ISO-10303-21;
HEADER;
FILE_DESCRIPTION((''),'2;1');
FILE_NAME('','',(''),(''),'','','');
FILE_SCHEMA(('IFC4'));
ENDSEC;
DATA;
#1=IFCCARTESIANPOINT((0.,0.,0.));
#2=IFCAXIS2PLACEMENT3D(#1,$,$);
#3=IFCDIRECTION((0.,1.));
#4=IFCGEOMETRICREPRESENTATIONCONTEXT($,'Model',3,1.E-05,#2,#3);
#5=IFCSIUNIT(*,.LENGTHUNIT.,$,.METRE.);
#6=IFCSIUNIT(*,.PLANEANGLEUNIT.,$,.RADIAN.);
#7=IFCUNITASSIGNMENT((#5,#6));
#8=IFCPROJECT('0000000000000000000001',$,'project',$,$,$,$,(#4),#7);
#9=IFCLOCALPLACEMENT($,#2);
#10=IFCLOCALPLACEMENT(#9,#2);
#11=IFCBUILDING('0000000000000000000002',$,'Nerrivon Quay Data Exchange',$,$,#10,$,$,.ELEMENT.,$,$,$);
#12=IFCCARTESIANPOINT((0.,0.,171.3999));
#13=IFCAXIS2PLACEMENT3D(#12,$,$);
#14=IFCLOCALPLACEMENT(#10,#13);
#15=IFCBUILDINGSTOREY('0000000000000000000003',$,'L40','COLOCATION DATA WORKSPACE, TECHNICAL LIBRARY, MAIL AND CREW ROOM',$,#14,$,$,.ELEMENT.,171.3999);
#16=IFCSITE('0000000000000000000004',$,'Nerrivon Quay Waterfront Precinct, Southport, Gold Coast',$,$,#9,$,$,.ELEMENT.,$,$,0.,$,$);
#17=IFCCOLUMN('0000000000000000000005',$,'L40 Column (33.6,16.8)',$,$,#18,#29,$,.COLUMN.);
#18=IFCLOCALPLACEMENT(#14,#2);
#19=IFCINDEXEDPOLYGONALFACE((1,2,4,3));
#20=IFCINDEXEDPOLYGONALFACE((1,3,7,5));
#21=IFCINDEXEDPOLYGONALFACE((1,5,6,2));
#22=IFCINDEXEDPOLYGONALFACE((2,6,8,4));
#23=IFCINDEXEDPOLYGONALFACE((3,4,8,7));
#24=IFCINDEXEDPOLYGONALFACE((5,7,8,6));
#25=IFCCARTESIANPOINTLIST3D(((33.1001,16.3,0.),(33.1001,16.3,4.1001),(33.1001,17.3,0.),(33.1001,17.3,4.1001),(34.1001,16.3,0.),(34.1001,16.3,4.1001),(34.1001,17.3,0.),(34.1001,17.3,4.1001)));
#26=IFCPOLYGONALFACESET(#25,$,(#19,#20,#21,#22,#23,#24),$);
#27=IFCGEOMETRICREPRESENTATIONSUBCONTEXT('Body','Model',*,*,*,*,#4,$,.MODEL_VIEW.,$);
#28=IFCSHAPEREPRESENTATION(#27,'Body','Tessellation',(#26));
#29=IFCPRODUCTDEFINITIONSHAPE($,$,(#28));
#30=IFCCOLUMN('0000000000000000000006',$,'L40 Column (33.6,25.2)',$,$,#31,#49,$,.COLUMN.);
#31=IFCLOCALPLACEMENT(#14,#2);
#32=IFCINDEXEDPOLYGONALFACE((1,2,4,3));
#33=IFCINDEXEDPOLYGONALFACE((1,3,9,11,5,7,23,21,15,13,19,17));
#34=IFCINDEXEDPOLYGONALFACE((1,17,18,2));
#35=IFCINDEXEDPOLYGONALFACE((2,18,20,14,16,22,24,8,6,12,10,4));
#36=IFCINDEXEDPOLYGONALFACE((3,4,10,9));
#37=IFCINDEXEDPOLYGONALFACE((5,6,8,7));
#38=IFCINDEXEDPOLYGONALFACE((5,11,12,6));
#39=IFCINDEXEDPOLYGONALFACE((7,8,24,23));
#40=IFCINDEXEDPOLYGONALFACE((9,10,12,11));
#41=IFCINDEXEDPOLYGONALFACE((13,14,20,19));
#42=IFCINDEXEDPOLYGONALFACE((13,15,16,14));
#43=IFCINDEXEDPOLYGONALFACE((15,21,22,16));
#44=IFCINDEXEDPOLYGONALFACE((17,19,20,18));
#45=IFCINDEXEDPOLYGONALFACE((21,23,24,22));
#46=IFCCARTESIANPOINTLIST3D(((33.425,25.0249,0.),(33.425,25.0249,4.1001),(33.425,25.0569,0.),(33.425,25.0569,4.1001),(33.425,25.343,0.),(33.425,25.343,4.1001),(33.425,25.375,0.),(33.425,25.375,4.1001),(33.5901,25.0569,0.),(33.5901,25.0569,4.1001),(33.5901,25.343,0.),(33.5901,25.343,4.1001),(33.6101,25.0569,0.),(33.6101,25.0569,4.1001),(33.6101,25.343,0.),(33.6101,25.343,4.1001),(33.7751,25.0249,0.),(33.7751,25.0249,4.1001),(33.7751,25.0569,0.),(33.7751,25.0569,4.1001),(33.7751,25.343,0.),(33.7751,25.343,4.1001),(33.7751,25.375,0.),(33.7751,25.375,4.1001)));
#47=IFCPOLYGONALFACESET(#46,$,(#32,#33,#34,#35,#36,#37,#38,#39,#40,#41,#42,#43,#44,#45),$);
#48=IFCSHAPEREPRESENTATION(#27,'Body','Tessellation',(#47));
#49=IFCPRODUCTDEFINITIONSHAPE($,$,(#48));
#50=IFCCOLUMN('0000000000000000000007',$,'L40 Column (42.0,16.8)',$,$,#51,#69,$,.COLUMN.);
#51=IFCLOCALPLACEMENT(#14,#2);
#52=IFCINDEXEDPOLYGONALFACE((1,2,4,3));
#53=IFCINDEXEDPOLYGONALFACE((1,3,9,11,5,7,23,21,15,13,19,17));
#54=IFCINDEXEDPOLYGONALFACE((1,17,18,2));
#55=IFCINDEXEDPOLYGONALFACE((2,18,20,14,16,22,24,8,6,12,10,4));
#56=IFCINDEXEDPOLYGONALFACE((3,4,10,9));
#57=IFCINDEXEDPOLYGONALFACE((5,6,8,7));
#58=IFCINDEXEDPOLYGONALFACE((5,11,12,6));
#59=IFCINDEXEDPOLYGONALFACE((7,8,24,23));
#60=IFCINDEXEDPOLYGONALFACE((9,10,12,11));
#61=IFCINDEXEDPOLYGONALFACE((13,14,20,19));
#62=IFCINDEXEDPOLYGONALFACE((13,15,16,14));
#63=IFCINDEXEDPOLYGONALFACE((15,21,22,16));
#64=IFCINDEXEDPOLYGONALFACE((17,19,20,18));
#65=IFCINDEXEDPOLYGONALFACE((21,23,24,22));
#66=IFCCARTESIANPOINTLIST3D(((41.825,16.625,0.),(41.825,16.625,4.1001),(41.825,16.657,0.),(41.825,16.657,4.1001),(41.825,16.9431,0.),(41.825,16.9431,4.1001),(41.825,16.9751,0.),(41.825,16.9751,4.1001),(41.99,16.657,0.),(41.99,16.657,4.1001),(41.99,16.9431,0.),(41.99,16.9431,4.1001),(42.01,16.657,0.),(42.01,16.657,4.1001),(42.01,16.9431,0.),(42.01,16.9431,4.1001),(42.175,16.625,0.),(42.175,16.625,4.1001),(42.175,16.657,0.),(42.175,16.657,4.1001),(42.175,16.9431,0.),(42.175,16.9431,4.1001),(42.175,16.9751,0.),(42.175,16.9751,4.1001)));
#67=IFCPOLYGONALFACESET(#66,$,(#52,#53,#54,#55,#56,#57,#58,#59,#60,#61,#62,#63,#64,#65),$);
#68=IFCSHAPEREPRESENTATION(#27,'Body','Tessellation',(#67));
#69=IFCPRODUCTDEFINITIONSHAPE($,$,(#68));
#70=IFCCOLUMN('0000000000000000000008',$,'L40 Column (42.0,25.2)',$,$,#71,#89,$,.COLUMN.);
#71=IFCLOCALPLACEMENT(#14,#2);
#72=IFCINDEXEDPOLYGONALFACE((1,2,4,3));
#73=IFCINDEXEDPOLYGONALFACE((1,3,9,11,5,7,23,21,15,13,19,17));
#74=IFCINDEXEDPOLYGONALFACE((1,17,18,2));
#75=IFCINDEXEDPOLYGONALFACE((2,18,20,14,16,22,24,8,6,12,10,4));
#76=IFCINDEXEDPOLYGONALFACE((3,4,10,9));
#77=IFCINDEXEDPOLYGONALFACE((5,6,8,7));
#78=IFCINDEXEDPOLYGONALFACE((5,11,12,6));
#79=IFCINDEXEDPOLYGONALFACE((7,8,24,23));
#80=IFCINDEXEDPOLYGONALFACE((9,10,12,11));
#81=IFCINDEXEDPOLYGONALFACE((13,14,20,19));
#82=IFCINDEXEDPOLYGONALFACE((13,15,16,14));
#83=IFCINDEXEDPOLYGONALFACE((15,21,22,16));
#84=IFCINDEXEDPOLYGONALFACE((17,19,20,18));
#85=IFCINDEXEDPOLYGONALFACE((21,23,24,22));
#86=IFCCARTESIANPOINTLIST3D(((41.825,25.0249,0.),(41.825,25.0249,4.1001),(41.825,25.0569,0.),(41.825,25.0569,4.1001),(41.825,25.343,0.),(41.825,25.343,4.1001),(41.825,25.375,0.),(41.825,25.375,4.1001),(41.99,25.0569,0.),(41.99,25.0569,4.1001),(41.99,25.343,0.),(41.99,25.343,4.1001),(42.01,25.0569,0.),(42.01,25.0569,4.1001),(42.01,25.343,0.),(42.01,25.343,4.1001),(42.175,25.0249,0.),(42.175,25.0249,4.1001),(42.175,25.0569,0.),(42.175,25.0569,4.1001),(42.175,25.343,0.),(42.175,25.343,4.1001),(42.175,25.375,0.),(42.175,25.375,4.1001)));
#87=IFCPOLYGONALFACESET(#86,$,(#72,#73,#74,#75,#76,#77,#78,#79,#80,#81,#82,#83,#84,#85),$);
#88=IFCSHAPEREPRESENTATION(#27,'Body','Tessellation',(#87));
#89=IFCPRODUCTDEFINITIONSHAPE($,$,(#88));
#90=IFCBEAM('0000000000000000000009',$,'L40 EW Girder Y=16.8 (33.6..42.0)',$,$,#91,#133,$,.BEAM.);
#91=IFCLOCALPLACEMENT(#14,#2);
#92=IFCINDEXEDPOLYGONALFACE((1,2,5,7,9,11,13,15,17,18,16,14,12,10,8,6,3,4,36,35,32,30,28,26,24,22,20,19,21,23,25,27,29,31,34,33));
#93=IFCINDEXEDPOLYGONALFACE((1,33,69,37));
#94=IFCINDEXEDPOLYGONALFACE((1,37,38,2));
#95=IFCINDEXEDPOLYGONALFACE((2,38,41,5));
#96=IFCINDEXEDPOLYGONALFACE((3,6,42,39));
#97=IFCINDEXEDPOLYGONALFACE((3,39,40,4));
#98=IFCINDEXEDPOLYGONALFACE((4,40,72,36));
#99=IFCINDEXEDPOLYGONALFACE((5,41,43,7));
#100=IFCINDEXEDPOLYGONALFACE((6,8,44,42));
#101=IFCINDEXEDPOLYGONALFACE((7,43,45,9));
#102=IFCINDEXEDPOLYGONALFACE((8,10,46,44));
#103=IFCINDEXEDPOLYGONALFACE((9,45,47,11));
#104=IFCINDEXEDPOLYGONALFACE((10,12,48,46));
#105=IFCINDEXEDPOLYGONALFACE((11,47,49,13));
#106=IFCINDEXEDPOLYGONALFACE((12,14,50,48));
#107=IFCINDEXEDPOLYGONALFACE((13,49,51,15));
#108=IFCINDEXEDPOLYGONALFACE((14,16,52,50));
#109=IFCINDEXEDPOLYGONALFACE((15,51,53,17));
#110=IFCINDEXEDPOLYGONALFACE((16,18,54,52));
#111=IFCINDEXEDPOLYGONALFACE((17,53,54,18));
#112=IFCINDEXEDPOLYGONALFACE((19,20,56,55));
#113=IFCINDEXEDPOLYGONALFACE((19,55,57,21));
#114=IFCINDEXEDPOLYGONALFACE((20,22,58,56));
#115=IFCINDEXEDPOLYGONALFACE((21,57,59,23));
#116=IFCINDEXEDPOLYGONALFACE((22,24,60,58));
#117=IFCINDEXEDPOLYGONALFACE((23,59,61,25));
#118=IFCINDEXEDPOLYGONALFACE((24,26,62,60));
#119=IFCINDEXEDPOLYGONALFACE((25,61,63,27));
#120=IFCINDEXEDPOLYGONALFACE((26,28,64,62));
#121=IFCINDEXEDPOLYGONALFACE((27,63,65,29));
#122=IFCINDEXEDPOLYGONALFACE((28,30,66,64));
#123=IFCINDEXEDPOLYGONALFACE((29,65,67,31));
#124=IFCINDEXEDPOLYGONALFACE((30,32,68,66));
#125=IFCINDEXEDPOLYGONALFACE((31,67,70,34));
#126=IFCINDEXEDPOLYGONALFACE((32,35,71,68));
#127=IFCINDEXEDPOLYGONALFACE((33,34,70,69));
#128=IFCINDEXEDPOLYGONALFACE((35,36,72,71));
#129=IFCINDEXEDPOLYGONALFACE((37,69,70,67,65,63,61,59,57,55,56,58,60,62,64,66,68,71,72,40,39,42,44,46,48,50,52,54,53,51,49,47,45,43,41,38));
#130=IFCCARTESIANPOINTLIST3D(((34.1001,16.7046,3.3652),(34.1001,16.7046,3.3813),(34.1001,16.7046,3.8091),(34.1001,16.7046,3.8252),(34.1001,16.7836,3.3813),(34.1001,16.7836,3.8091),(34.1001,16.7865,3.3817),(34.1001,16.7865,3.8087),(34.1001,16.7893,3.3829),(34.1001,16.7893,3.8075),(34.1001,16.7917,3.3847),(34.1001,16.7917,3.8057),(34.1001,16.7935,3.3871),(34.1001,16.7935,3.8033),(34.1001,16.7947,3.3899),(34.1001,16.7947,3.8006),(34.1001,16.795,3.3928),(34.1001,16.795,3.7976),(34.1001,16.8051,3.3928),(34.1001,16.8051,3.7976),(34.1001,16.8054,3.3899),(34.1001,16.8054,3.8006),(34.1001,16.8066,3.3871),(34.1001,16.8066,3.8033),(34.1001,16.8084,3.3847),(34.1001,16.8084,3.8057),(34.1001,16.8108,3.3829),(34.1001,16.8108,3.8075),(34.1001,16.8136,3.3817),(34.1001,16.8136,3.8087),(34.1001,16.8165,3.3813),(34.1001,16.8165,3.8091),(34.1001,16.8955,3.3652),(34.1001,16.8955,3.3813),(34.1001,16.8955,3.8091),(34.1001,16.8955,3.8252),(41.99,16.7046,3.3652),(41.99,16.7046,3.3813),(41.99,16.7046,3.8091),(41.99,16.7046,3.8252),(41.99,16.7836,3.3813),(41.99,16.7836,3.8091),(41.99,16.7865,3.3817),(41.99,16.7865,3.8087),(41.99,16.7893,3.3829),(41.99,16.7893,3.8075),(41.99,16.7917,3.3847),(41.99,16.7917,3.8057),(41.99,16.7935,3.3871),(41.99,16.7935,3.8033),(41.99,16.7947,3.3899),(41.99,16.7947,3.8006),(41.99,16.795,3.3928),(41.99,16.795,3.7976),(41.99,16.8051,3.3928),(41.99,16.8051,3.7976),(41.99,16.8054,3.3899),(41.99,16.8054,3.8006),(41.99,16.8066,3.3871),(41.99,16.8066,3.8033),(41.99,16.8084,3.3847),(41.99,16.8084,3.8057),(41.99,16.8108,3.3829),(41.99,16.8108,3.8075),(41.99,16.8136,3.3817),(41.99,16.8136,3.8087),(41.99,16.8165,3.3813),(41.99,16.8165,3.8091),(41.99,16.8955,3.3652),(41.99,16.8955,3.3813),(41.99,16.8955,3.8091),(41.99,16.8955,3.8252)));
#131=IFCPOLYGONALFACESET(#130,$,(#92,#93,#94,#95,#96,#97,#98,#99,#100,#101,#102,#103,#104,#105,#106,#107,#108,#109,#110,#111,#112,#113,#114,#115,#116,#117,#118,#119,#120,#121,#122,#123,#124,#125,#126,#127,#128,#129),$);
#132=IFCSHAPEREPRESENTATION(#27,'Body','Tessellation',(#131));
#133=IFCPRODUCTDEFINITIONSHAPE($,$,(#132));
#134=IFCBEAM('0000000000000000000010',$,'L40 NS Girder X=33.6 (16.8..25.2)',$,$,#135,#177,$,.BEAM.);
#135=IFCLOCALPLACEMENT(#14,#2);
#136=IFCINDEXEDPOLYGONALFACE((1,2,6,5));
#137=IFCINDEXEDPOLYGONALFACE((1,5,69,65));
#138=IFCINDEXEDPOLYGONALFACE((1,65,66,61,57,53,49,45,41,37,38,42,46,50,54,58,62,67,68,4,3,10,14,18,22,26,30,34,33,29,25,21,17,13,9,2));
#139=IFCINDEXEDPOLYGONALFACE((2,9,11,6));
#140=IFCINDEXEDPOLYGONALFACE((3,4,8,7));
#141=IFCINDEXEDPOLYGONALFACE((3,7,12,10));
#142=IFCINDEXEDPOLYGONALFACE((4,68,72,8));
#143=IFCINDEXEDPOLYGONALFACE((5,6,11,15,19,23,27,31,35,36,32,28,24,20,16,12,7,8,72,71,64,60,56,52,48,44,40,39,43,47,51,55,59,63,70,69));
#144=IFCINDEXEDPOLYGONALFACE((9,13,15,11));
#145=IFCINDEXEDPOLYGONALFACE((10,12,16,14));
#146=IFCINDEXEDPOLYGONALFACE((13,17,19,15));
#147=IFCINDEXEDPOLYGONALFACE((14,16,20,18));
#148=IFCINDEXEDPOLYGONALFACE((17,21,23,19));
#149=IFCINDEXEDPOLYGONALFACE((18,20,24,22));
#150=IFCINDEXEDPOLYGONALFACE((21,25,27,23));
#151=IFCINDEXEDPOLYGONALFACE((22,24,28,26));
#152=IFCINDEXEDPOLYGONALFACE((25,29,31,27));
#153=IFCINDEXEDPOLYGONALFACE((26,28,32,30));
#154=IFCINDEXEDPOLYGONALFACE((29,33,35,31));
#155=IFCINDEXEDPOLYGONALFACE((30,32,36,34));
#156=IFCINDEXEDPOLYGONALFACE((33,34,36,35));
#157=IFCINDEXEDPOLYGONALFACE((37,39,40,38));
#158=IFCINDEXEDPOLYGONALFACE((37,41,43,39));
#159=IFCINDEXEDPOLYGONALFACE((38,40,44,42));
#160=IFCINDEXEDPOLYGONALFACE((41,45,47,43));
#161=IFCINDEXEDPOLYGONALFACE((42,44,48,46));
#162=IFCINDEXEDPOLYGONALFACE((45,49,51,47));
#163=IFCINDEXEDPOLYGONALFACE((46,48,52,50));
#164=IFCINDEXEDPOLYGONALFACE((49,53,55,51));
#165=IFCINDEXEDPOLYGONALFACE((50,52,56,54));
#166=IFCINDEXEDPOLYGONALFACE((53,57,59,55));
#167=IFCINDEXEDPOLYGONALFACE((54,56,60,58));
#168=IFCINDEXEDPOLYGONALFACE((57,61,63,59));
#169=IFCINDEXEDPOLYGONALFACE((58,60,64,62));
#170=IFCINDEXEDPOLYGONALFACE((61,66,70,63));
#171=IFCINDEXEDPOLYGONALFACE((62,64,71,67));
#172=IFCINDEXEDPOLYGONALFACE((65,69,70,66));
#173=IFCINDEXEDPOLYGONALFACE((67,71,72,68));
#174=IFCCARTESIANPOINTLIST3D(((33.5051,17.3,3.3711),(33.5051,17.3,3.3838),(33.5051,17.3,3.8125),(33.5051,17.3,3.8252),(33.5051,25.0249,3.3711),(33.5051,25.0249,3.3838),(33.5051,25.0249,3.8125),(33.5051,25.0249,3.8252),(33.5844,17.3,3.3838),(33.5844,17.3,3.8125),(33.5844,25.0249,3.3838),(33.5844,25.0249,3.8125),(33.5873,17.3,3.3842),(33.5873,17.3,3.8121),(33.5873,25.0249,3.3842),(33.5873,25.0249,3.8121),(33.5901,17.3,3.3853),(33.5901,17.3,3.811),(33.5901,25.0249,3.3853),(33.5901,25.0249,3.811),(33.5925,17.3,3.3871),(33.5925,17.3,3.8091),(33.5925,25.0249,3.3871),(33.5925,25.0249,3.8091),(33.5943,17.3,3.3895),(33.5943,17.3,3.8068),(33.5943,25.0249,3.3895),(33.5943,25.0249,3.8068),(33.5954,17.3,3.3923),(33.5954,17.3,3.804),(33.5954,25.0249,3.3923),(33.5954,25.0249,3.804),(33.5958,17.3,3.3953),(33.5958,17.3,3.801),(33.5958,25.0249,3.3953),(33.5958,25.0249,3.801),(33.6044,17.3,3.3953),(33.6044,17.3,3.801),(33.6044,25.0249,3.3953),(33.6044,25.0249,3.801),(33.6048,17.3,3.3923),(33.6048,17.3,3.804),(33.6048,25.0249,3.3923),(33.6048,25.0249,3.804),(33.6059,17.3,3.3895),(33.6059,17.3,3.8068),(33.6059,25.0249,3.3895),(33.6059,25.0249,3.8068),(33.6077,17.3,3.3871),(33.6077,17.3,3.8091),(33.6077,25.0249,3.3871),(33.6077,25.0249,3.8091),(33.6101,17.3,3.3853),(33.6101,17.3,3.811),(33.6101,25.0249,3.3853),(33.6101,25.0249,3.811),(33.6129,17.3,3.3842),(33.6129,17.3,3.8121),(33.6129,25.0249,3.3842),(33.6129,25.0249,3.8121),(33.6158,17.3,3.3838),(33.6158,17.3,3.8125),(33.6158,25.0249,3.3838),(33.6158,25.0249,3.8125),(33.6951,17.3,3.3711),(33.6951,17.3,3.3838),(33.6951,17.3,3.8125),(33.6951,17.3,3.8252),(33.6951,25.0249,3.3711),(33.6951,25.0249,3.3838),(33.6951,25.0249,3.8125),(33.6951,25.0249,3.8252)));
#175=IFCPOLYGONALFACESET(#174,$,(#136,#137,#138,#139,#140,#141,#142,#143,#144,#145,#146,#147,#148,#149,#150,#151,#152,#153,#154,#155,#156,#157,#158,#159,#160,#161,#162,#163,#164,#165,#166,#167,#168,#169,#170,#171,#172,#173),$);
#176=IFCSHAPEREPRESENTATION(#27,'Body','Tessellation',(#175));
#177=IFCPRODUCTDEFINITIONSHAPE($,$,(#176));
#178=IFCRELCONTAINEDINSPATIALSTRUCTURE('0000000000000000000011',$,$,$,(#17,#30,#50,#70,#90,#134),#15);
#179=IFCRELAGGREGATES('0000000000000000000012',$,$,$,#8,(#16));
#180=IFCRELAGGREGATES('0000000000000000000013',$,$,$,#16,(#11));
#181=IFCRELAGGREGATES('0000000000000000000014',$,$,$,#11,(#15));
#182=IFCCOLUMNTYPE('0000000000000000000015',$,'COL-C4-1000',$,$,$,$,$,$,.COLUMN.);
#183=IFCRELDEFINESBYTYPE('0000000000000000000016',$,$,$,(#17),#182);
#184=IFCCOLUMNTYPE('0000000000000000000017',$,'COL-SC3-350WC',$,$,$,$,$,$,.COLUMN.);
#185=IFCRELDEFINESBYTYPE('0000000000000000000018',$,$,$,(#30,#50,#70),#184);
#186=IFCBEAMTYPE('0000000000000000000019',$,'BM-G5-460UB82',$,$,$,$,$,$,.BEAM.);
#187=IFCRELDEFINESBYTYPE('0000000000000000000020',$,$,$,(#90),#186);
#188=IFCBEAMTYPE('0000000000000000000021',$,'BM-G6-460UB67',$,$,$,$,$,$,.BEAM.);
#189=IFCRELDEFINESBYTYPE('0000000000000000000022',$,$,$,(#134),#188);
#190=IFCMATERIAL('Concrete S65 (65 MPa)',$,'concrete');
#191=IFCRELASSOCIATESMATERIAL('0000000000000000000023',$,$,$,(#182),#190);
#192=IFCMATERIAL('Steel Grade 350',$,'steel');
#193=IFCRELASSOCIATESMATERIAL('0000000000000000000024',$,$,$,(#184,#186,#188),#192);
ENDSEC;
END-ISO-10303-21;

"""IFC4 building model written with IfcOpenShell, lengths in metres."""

from ifc_helpers import new_model, si_unit, direction, frame, origin, origin_2d, place, context, subcontext, project, spatial, rectangle, i_section, extrude, material, material_profile, profile_set, type_object, element, save


model = new_model("IFC4")

# Units and contexts
model_context = context("Model", 3, precision=1e-05, world=origin(), true_north=direction((0.0, 1.0)))
body_context = subcontext(model_context, "Body", "Model", "MODEL_VIEW")
ifc_project = project(units=[si_unit("LENGTHUNIT", "METRE"), si_unit("PLANEANGLEUNIT", "RADIAN")], contexts=[model_context])

# Site, building, storey
site_placement = place(None, origin())
site = spatial("IfcSite", under=ifc_project, at=site_placement, Name="Nerrivon Quay Waterfront Precinct, Southport, Gold Coast", CompositionType="ELEMENT", RefElevation=0.0)
building_placement = place(site_placement, origin())
building = spatial("IfcBuilding", under=site, at=building_placement, Name="Nerrivon Quay Data Exchange", CompositionType="ELEMENT")
storey_placement = place(building_placement, frame((0.0, 0.0, 171.3999)))
storey = spatial("IfcBuildingStorey", under=building, at=storey_placement, Name="L40", Description="COLOCATION DATA WORKSPACE, TECHNICAL LIBRARY, MAIL AND CREW ROOM", CompositionType="ELEMENT", Elevation=171.3999)

# Columns
ifc_material_1 = material(Name="Concrete S65 (65 MPa)", Category="concrete")
ifc_material_profile_1 = material_profile(ifc_material_1, rectangle(XDim=1.0, YDim=1.0, at=origin_2d()), Name="RC-COL-1000x1000")
ifc_profile_set_1 = profile_set([ifc_material_profile_1], Name="Concrete S65 (65 MPa)")
column_type_1 = type_object("IfcColumnType", Name="COL-C4-1000", PredefinedType="COLUMN", material=ifc_profile_set_1)
column_placement = place(storey_placement, frame((33.6001, 16.8, 0.0), z_axis=(0.0, 0.0, 1.0), x_axis=(1.0, 0.0, 0.0)))
element("IfcColumn", 1, at=column_placement, inside=storey, type_object=column_type_1, Name="L40 Column (33.6,16.8)", PredefinedType="COLUMN", context=body_context, shape_type="SweptSolid", body=[
    extrude(rectangle(XDim=1.0, YDim=1.0, at=origin_2d()), origin(), (0.0, 0.0, 1.0), 4.1001),
])
ifc_material_2 = material(Name="Steel Grade 350", Category="steel")
ifc_material_profile_2 = material_profile(ifc_material_2, i_section(OverallWidth=0.3501, OverallDepth=0.3501, WebThickness=0.02, FlangeThickness=0.032, at=origin_2d()), Name="350WC230")
ifc_profile_set_2 = profile_set([ifc_material_profile_2], Name="Steel Grade 350")
column_type_2 = type_object("IfcColumnType", Name="COL-SC3-350WC", PredefinedType="COLUMN", material=ifc_profile_set_2)
for number, where, z_axis, x_axis, name in (
    (2, (33.6001, 25.2, 0.0), (0.0, 0.0, 1.0), (1.0, 0.0, 0.0), "L40 Column (33.6,25.2)"),
    (3, (42.0, 16.8, 0.0), (0.0, 0.0, 1.0), (1.0, 0.0, 0.0), "L40 Column (42.0,16.8)"),
    (4, (42.0, 25.2, 0.0), (0.0, 0.0, 1.0), (1.0, 0.0, 0.0), "L40 Column (42.0,25.2)"),
):
    element("IfcColumn", number, at=place(storey_placement, frame(where, z_axis=z_axis, x_axis=x_axis)), inside=storey, type_object=column_type_2, Name=name, PredefinedType="COLUMN", context=body_context, shape_type="SweptSolid", body=[
        extrude(i_section(OverallWidth=0.3501, OverallDepth=0.3501, WebThickness=0.02, FlangeThickness=0.032, at=origin_2d()), origin(), (0.0, 0.0, 1.0), 4.1001),
    ])

# Beams
ifc_material_profile_3 = material_profile(ifc_material_2, i_section(OverallWidth=0.1909, OverallDepth=0.46, WebThickness=0.01, FlangeThickness=0.0161, FilletRadius=0.0115, at=origin_2d()), Name="460UB82.1")
ifc_profile_set_3 = profile_set([ifc_material_profile_3], Name="Steel Grade 350")
beam_type_1 = type_object("IfcBeamType", Name="BM-G5-460UB82", PredefinedType="BEAM", material=ifc_profile_set_3)
beam_1_placement = place(storey_placement, frame((34.1001, 16.8, 3.5952), z_axis=(1.0, 0.0, 0.0), x_axis=(0.0, 1.0, 0.0)))
element("IfcBeam", 5, at=beam_1_placement, inside=storey, type_object=beam_type_1, Name="L40 EW Girder Y=16.8 (33.6..42.0)", PredefinedType="BEAM", context=body_context, shape_type="SweptSolid", body=[
    extrude(i_section(OverallWidth=0.1909, OverallDepth=0.46, WebThickness=0.01, FlangeThickness=0.0161, FilletRadius=0.0115, at=origin_2d()), origin(), (0.0, 0.0, 1.0), 7.8899),
])
ifc_material_profile_4 = material_profile(ifc_material_2, i_section(OverallWidth=0.1899, OverallDepth=0.4541, WebThickness=0.0085, FlangeThickness=0.0127, FilletRadius=0.0115, at=origin_2d()), Name="460UB67.1")
ifc_profile_set_4 = profile_set([ifc_material_profile_4], Name="Steel Grade 350")
beam_type_2 = type_object("IfcBeamType", Name="BM-G6-460UB67", PredefinedType="BEAM", material=ifc_profile_set_4)
beam_2_placement = place(storey_placement, frame((33.6001, 17.3, 3.5981), z_axis=(0.0, 1.0, 0.0), x_axis=(-1.0, 0.0, 0.0)))
element("IfcBeam", 6, at=beam_2_placement, inside=storey, type_object=beam_type_2, Name="L40 NS Girder X=33.6 (16.8..25.2)", PredefinedType="BEAM", context=body_context, shape_type="SweptSolid", body=[
    extrude(i_section(OverallWidth=0.1899, OverallDepth=0.4541, WebThickness=0.0085, FlangeThickness=0.0127, FilletRadius=0.0115, at=origin_2d()), origin(), (0.0, 0.0, 1.0), 7.7249),
])

save(model, "model.ifc")
